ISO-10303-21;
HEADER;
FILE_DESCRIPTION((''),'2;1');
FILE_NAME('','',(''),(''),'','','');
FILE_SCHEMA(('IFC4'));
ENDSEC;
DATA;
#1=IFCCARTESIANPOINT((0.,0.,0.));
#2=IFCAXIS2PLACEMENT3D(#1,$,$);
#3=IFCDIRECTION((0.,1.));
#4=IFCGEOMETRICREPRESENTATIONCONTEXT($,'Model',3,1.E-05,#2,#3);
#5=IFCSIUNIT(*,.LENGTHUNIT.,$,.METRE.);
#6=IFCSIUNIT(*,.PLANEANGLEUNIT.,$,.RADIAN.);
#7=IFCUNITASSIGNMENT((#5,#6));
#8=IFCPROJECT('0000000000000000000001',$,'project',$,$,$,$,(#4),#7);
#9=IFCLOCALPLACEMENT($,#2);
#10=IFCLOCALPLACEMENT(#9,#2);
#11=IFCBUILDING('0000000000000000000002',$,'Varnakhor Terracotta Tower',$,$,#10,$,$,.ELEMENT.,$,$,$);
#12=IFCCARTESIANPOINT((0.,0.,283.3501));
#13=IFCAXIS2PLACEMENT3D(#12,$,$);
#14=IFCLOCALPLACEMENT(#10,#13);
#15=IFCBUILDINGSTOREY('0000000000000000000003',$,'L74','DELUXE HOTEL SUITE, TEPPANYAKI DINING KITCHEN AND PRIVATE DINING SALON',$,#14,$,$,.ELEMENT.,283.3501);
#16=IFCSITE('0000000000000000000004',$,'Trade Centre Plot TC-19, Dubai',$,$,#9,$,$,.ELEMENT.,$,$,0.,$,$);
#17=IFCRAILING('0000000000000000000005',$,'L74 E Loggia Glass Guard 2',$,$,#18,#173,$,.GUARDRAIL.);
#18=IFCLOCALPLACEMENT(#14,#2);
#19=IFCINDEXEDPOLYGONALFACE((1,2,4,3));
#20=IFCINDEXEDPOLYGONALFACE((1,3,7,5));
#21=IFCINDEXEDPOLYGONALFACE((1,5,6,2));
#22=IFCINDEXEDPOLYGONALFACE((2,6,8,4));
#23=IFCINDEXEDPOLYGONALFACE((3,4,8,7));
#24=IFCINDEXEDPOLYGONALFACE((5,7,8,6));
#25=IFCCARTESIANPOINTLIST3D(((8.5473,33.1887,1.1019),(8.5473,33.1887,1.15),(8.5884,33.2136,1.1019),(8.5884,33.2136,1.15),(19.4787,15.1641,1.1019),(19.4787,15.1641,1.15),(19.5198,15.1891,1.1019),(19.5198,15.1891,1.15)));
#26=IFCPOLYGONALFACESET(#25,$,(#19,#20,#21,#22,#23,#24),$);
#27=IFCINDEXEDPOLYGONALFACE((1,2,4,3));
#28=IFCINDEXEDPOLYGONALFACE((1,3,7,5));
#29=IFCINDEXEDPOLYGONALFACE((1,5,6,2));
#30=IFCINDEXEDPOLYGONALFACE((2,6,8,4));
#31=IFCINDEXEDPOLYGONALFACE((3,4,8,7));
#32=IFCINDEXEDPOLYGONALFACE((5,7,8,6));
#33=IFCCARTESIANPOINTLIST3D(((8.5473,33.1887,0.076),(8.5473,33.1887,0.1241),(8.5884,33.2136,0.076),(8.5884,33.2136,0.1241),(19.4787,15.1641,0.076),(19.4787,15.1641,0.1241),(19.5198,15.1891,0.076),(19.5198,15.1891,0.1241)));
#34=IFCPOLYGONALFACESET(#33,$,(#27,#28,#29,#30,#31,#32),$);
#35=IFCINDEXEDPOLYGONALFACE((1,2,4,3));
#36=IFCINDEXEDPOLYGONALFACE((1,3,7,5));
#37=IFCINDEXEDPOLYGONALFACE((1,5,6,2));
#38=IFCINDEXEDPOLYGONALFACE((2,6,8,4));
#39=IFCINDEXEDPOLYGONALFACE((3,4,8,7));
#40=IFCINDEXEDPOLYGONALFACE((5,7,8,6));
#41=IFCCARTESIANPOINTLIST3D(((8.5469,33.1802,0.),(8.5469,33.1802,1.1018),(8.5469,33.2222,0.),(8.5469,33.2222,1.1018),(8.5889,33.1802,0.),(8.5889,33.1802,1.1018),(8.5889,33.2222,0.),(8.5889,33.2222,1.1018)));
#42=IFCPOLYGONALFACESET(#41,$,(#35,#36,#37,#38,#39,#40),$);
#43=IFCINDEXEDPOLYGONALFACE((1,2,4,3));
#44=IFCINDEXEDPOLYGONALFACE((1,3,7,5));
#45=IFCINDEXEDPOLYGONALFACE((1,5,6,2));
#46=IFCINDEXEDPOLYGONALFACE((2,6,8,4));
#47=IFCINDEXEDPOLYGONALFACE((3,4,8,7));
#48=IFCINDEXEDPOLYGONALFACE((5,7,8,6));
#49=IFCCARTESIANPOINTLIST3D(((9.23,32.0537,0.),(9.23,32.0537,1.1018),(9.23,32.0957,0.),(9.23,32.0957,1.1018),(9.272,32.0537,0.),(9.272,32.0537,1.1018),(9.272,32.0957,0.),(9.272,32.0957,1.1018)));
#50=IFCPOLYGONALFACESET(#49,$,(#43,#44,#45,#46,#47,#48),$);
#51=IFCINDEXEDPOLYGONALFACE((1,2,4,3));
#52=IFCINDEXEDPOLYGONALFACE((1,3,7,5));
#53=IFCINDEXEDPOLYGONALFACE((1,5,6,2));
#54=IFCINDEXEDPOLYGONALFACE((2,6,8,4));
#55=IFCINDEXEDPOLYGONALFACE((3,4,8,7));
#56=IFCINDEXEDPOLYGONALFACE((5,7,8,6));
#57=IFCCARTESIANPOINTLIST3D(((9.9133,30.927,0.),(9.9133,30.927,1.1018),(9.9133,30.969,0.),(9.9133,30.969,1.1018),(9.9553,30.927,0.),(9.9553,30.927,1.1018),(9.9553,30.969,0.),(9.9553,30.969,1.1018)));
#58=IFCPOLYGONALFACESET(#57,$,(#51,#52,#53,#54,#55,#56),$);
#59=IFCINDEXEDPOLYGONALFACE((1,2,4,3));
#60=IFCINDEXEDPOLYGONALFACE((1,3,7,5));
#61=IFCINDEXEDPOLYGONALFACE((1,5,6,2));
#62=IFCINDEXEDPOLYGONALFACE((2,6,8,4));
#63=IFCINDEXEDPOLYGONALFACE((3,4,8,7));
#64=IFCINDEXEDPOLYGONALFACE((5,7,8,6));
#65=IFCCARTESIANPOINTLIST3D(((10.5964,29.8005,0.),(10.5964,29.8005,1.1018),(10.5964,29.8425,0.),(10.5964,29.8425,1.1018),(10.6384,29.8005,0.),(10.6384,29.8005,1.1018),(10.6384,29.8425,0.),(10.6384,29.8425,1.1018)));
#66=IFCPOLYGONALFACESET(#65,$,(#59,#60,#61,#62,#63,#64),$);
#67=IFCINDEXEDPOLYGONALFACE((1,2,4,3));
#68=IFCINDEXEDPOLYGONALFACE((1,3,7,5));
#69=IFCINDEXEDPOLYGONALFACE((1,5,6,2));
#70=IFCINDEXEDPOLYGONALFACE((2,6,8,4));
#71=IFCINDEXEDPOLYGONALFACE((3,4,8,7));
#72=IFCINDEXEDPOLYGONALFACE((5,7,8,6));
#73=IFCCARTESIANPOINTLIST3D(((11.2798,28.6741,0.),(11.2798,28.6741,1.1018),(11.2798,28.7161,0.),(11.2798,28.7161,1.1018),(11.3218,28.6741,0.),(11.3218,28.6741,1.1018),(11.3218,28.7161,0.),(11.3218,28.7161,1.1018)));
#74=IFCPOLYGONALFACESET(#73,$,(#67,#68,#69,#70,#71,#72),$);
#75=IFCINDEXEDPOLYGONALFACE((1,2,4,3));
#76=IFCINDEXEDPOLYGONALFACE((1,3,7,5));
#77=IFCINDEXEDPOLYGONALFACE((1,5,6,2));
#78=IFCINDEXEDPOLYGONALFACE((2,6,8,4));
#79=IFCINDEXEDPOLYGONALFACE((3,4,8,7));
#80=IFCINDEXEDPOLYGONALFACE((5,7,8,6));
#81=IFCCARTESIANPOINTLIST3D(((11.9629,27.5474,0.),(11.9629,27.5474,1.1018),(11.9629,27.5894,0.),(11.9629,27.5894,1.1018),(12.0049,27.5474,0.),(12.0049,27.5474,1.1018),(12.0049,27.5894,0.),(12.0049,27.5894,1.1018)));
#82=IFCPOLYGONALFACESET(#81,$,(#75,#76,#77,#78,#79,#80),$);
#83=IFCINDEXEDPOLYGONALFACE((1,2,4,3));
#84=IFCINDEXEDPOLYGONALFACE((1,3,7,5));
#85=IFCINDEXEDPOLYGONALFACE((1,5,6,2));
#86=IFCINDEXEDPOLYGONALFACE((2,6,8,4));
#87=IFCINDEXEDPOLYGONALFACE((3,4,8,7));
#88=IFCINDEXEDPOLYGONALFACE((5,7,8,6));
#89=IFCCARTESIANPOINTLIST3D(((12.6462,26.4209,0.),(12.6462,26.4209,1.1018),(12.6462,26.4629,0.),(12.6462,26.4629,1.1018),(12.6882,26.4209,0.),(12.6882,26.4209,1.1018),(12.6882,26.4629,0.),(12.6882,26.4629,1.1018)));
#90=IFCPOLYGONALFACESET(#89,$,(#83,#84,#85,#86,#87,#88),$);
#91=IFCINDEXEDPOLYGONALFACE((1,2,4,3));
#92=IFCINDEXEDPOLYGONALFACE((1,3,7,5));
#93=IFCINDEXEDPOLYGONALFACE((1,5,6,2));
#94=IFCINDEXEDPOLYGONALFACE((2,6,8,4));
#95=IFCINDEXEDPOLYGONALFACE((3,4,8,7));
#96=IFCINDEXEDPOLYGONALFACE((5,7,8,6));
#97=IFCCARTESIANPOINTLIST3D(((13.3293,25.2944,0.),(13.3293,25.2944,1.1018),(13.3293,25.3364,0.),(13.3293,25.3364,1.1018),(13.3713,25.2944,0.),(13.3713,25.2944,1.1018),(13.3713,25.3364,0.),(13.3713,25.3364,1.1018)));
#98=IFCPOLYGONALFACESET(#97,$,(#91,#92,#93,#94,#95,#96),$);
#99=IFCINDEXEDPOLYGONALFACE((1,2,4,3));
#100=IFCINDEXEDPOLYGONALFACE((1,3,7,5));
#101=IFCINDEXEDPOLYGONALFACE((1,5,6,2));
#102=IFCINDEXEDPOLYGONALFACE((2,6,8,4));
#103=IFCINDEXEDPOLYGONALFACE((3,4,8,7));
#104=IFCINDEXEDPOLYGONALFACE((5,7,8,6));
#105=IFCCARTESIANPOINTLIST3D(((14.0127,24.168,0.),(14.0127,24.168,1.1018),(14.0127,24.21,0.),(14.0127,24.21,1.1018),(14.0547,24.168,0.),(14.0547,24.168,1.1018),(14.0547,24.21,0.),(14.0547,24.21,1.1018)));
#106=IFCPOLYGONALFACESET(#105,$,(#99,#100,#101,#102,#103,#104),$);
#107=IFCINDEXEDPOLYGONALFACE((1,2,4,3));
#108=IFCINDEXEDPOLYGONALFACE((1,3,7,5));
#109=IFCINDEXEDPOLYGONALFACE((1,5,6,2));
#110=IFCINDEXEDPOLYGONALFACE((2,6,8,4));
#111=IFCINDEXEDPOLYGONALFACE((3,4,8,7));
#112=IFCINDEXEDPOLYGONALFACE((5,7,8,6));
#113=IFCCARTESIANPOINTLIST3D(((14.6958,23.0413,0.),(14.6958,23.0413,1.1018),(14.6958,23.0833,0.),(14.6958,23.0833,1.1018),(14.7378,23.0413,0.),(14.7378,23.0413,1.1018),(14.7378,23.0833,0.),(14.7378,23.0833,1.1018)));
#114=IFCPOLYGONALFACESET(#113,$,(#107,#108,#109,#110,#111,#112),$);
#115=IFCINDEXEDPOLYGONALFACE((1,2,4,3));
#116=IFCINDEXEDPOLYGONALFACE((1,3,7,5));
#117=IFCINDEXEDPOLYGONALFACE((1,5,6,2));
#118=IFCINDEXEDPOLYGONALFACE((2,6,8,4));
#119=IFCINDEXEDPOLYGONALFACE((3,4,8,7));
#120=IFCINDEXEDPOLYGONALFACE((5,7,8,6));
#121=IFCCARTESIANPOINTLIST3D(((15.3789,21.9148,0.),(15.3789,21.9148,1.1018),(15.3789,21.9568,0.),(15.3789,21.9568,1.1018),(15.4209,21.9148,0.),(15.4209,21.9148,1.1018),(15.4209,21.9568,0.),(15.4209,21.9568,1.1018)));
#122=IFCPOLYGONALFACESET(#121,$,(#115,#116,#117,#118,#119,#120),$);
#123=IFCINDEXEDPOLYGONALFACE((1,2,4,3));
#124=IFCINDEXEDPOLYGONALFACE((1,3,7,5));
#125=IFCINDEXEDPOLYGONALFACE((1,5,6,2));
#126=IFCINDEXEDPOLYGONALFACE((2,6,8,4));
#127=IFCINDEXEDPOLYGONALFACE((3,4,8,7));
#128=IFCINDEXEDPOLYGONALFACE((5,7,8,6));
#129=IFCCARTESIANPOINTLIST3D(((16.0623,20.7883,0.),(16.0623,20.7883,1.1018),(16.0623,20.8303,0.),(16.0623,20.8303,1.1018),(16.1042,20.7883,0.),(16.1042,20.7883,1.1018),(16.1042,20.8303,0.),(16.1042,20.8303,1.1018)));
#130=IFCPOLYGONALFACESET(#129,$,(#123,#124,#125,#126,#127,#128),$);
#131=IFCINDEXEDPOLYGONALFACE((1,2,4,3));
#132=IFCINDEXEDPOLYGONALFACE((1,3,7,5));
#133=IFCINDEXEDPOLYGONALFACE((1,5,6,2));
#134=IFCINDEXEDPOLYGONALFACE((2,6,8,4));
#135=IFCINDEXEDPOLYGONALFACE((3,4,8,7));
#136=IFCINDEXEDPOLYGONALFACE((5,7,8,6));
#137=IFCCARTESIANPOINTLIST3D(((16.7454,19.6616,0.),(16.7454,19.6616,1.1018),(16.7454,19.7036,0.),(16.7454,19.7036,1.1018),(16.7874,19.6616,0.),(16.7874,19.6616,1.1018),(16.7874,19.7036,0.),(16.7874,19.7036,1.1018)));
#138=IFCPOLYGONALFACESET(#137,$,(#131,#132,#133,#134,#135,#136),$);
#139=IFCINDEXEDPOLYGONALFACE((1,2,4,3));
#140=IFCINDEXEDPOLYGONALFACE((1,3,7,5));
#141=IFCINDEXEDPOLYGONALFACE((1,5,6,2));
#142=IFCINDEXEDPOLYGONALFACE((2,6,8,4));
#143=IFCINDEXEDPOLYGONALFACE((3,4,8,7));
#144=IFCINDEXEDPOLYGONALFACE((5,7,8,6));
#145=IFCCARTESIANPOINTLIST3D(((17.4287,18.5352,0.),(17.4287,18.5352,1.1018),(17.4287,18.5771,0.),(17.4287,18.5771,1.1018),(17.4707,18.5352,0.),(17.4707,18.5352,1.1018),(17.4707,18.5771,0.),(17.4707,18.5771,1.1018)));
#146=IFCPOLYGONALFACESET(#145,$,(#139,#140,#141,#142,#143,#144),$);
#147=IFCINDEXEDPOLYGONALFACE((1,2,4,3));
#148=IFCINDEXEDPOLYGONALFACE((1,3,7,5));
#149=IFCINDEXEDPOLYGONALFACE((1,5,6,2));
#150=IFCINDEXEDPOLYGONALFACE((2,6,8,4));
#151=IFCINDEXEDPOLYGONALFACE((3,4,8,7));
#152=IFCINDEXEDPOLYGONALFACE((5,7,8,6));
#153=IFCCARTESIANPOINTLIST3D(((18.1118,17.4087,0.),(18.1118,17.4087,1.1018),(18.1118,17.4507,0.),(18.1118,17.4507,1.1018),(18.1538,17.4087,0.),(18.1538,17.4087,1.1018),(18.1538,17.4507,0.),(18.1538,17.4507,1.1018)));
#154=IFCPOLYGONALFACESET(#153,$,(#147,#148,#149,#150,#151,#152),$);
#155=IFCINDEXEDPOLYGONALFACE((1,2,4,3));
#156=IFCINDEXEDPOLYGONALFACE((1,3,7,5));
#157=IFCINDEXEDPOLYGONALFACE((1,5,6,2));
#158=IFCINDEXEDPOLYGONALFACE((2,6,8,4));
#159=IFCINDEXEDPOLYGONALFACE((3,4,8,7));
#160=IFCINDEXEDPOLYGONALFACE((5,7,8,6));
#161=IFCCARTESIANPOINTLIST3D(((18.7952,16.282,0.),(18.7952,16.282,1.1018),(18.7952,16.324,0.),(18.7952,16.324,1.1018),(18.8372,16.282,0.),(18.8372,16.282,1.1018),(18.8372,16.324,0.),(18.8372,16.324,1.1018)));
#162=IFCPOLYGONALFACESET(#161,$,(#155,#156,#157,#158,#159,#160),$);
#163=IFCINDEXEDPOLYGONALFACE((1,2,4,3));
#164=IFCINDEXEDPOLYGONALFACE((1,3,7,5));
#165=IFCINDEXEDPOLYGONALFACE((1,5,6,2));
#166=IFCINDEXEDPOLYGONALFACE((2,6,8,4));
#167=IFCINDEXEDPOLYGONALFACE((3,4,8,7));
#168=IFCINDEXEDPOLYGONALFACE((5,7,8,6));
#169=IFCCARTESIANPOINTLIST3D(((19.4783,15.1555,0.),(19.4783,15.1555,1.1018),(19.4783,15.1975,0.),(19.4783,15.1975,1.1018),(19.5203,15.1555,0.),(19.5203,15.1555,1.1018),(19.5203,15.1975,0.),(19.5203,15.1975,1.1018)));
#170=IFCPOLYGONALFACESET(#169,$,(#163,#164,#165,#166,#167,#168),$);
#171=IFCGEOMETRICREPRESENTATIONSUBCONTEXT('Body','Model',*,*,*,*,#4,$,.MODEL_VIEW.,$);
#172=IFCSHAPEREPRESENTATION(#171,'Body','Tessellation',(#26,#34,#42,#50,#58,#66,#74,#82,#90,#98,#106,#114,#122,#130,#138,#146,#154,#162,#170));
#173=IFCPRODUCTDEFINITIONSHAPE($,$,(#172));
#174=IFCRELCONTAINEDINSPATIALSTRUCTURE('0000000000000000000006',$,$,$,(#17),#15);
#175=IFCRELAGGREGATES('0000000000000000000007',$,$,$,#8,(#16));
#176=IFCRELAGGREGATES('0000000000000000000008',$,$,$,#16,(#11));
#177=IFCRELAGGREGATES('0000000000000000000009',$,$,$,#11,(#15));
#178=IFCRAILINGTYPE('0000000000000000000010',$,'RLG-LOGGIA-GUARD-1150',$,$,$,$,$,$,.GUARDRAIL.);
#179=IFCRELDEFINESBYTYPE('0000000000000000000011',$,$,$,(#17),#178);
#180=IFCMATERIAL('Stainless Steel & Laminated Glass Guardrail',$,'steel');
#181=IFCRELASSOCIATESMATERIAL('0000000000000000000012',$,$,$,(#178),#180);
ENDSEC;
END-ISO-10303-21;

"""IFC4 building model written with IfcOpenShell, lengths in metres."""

from ifc_helpers import new_model, si_unit, direction, frame, origin, origin_2d, place, context, subcontext, project, spatial, rectangle, extrude, material, type_object, element, save


model = new_model("IFC4")

# Units and contexts
model_context = context("Model", 3, precision=1e-05, world=origin(), true_north=direction((0.0, 1.0)))
body_context = subcontext(model_context, "Body", "Model", "MODEL_VIEW")
ifc_project = project(units=[si_unit("LENGTHUNIT", "METRE"), si_unit("PLANEANGLEUNIT", "RADIAN")], contexts=[model_context])

# Site, building, storey
site_placement = place(None, origin())
site = spatial("IfcSite", under=ifc_project, at=site_placement, Name="Trade Centre Plot TC-19, Dubai", CompositionType="ELEMENT", RefElevation=0.0)
building_placement = place(site_placement, origin())
building = spatial("IfcBuilding", under=site, at=building_placement, Name="Varnakhor Terracotta Tower", CompositionType="ELEMENT")
storey_placement = place(building_placement, frame((0.0, 0.0, 283.3501)))
storey = spatial("IfcBuildingStorey", under=building, at=storey_placement, Name="L74", Description="DELUXE HOTEL SUITE, TEPPANYAKI DINING KITCHEN AND PRIVATE DINING SALON", CompositionType="ELEMENT", Elevation=283.3501)

# Railing
ifc_material_1 = material(Name="Stainless Steel & Laminated Glass Guardrail", Category="steel")
railing_type = type_object("IfcRailingType", Name="RLG-LOGGIA-GUARD-1150", PredefinedType="GUARDRAIL", material=ifc_material_1)
railing_1_placement = place(storey_placement, frame((8.5679, 33.2012, 0.0)))
element("IfcRailing", 1, at=railing_1_placement, inside=storey, type_object=railing_type, Name="L74 E Loggia Glass Guard 2", PredefinedType="GUARDRAIL", context=body_context, shape_type="SweptSolid", body=[
    extrude(rectangle(XDim=0.0481, YDim=0.0481, at=origin_2d()), frame((0.0, 0.0, 1.126), z_axis=(0.518557, -0.855043, 0.0), x_axis=(0.855043, 0.518557, 0.0)), (0.0, 0.0, 1.0), 21.0803),
    extrude(rectangle(XDim=0.0481, YDim=0.0481, at=origin_2d()), frame((0.0, 0.0, 0.1001), z_axis=(0.518557, -0.855043, 0.0), x_axis=(0.855043, 0.518557, 0.0)), (0.0, 0.0, 1.0), 21.0803),
    extrude(rectangle(XDim=0.042, YDim=0.042, at=origin_2d()), origin(), (0.0, 0.0, 1.0), 1.1018),
    extrude(rectangle(XDim=0.042, YDim=0.042, at=origin_2d()), frame((0.6831, -1.1265, 0.0)), (0.0, 0.0, 1.0), 1.1018),
    extrude(rectangle(XDim=0.042, YDim=0.042, at=origin_2d()), frame((1.3665, -2.2532, 0.0)), (0.0, 0.0, 1.0), 1.1018),
    extrude(rectangle(XDim=0.042, YDim=0.042, at=origin_2d()), frame((2.0496, -3.3796, 0.0)), (0.0, 0.0, 1.0), 1.1018),
    extrude(rectangle(XDim=0.042, YDim=0.042, at=origin_2d()), frame((2.7329, -4.5061, 0.0)), (0.0, 0.0, 1.0), 1.1018),
    extrude(rectangle(XDim=0.042, YDim=0.042, at=origin_2d()), frame((3.416, -5.6328, 0.0)), (0.0, 0.0, 1.0), 1.1018),
    extrude(rectangle(XDim=0.042, YDim=0.042, at=origin_2d()), frame((4.0994, -6.7593, 0.0)), (0.0, 0.0, 1.0), 1.1018),
    extrude(rectangle(XDim=0.042, YDim=0.042, at=origin_2d()), frame((4.7825, -7.8857, 0.0)), (0.0, 0.0, 1.0), 1.1018),
    extrude(rectangle(XDim=0.042, YDim=0.042, at=origin_2d()), frame((5.4658, -9.0122, 0.0)), (0.0, 0.0, 1.0), 1.1018),
    extrude(rectangle(XDim=0.042, YDim=0.042, at=origin_2d()), frame((6.1489, -10.1389, 0.0)), (0.0, 0.0, 1.0), 1.1018),
    extrude(rectangle(XDim=0.042, YDim=0.042, at=origin_2d()), frame((6.832, -11.2654, 0.0)), (0.0, 0.0, 1.0), 1.1018),
    extrude(rectangle(XDim=0.042, YDim=0.042, at=origin_2d()), frame((7.5154, -12.3918, 0.0)), (0.0, 0.0, 1.0), 1.1018),
    extrude(rectangle(XDim=0.042, YDim=0.042, at=origin_2d()), frame((8.1985, -13.5186, 0.0)), (0.0, 0.0, 1.0), 1.1018),
    extrude(rectangle(XDim=0.042, YDim=0.042, at=origin_2d()), frame((8.8818, -14.645, 0.0)), (0.0, 0.0, 1.0), 1.1018),
    extrude(rectangle(XDim=0.042, YDim=0.042, at=origin_2d()), frame((9.5649, -15.7715, 0.0)), (0.0, 0.0, 1.0), 1.1018),
    extrude(rectangle(XDim=0.042, YDim=0.042, at=origin_2d()), frame((10.2483, -16.8982, 0.0)), (0.0, 0.0, 1.0), 1.1018),
    extrude(rectangle(XDim=0.042, YDim=0.042, at=origin_2d()), frame((10.9314, -18.0247, 0.0)), (0.0, 0.0, 1.0), 1.1018),
])

save(model, "model.ifc")
